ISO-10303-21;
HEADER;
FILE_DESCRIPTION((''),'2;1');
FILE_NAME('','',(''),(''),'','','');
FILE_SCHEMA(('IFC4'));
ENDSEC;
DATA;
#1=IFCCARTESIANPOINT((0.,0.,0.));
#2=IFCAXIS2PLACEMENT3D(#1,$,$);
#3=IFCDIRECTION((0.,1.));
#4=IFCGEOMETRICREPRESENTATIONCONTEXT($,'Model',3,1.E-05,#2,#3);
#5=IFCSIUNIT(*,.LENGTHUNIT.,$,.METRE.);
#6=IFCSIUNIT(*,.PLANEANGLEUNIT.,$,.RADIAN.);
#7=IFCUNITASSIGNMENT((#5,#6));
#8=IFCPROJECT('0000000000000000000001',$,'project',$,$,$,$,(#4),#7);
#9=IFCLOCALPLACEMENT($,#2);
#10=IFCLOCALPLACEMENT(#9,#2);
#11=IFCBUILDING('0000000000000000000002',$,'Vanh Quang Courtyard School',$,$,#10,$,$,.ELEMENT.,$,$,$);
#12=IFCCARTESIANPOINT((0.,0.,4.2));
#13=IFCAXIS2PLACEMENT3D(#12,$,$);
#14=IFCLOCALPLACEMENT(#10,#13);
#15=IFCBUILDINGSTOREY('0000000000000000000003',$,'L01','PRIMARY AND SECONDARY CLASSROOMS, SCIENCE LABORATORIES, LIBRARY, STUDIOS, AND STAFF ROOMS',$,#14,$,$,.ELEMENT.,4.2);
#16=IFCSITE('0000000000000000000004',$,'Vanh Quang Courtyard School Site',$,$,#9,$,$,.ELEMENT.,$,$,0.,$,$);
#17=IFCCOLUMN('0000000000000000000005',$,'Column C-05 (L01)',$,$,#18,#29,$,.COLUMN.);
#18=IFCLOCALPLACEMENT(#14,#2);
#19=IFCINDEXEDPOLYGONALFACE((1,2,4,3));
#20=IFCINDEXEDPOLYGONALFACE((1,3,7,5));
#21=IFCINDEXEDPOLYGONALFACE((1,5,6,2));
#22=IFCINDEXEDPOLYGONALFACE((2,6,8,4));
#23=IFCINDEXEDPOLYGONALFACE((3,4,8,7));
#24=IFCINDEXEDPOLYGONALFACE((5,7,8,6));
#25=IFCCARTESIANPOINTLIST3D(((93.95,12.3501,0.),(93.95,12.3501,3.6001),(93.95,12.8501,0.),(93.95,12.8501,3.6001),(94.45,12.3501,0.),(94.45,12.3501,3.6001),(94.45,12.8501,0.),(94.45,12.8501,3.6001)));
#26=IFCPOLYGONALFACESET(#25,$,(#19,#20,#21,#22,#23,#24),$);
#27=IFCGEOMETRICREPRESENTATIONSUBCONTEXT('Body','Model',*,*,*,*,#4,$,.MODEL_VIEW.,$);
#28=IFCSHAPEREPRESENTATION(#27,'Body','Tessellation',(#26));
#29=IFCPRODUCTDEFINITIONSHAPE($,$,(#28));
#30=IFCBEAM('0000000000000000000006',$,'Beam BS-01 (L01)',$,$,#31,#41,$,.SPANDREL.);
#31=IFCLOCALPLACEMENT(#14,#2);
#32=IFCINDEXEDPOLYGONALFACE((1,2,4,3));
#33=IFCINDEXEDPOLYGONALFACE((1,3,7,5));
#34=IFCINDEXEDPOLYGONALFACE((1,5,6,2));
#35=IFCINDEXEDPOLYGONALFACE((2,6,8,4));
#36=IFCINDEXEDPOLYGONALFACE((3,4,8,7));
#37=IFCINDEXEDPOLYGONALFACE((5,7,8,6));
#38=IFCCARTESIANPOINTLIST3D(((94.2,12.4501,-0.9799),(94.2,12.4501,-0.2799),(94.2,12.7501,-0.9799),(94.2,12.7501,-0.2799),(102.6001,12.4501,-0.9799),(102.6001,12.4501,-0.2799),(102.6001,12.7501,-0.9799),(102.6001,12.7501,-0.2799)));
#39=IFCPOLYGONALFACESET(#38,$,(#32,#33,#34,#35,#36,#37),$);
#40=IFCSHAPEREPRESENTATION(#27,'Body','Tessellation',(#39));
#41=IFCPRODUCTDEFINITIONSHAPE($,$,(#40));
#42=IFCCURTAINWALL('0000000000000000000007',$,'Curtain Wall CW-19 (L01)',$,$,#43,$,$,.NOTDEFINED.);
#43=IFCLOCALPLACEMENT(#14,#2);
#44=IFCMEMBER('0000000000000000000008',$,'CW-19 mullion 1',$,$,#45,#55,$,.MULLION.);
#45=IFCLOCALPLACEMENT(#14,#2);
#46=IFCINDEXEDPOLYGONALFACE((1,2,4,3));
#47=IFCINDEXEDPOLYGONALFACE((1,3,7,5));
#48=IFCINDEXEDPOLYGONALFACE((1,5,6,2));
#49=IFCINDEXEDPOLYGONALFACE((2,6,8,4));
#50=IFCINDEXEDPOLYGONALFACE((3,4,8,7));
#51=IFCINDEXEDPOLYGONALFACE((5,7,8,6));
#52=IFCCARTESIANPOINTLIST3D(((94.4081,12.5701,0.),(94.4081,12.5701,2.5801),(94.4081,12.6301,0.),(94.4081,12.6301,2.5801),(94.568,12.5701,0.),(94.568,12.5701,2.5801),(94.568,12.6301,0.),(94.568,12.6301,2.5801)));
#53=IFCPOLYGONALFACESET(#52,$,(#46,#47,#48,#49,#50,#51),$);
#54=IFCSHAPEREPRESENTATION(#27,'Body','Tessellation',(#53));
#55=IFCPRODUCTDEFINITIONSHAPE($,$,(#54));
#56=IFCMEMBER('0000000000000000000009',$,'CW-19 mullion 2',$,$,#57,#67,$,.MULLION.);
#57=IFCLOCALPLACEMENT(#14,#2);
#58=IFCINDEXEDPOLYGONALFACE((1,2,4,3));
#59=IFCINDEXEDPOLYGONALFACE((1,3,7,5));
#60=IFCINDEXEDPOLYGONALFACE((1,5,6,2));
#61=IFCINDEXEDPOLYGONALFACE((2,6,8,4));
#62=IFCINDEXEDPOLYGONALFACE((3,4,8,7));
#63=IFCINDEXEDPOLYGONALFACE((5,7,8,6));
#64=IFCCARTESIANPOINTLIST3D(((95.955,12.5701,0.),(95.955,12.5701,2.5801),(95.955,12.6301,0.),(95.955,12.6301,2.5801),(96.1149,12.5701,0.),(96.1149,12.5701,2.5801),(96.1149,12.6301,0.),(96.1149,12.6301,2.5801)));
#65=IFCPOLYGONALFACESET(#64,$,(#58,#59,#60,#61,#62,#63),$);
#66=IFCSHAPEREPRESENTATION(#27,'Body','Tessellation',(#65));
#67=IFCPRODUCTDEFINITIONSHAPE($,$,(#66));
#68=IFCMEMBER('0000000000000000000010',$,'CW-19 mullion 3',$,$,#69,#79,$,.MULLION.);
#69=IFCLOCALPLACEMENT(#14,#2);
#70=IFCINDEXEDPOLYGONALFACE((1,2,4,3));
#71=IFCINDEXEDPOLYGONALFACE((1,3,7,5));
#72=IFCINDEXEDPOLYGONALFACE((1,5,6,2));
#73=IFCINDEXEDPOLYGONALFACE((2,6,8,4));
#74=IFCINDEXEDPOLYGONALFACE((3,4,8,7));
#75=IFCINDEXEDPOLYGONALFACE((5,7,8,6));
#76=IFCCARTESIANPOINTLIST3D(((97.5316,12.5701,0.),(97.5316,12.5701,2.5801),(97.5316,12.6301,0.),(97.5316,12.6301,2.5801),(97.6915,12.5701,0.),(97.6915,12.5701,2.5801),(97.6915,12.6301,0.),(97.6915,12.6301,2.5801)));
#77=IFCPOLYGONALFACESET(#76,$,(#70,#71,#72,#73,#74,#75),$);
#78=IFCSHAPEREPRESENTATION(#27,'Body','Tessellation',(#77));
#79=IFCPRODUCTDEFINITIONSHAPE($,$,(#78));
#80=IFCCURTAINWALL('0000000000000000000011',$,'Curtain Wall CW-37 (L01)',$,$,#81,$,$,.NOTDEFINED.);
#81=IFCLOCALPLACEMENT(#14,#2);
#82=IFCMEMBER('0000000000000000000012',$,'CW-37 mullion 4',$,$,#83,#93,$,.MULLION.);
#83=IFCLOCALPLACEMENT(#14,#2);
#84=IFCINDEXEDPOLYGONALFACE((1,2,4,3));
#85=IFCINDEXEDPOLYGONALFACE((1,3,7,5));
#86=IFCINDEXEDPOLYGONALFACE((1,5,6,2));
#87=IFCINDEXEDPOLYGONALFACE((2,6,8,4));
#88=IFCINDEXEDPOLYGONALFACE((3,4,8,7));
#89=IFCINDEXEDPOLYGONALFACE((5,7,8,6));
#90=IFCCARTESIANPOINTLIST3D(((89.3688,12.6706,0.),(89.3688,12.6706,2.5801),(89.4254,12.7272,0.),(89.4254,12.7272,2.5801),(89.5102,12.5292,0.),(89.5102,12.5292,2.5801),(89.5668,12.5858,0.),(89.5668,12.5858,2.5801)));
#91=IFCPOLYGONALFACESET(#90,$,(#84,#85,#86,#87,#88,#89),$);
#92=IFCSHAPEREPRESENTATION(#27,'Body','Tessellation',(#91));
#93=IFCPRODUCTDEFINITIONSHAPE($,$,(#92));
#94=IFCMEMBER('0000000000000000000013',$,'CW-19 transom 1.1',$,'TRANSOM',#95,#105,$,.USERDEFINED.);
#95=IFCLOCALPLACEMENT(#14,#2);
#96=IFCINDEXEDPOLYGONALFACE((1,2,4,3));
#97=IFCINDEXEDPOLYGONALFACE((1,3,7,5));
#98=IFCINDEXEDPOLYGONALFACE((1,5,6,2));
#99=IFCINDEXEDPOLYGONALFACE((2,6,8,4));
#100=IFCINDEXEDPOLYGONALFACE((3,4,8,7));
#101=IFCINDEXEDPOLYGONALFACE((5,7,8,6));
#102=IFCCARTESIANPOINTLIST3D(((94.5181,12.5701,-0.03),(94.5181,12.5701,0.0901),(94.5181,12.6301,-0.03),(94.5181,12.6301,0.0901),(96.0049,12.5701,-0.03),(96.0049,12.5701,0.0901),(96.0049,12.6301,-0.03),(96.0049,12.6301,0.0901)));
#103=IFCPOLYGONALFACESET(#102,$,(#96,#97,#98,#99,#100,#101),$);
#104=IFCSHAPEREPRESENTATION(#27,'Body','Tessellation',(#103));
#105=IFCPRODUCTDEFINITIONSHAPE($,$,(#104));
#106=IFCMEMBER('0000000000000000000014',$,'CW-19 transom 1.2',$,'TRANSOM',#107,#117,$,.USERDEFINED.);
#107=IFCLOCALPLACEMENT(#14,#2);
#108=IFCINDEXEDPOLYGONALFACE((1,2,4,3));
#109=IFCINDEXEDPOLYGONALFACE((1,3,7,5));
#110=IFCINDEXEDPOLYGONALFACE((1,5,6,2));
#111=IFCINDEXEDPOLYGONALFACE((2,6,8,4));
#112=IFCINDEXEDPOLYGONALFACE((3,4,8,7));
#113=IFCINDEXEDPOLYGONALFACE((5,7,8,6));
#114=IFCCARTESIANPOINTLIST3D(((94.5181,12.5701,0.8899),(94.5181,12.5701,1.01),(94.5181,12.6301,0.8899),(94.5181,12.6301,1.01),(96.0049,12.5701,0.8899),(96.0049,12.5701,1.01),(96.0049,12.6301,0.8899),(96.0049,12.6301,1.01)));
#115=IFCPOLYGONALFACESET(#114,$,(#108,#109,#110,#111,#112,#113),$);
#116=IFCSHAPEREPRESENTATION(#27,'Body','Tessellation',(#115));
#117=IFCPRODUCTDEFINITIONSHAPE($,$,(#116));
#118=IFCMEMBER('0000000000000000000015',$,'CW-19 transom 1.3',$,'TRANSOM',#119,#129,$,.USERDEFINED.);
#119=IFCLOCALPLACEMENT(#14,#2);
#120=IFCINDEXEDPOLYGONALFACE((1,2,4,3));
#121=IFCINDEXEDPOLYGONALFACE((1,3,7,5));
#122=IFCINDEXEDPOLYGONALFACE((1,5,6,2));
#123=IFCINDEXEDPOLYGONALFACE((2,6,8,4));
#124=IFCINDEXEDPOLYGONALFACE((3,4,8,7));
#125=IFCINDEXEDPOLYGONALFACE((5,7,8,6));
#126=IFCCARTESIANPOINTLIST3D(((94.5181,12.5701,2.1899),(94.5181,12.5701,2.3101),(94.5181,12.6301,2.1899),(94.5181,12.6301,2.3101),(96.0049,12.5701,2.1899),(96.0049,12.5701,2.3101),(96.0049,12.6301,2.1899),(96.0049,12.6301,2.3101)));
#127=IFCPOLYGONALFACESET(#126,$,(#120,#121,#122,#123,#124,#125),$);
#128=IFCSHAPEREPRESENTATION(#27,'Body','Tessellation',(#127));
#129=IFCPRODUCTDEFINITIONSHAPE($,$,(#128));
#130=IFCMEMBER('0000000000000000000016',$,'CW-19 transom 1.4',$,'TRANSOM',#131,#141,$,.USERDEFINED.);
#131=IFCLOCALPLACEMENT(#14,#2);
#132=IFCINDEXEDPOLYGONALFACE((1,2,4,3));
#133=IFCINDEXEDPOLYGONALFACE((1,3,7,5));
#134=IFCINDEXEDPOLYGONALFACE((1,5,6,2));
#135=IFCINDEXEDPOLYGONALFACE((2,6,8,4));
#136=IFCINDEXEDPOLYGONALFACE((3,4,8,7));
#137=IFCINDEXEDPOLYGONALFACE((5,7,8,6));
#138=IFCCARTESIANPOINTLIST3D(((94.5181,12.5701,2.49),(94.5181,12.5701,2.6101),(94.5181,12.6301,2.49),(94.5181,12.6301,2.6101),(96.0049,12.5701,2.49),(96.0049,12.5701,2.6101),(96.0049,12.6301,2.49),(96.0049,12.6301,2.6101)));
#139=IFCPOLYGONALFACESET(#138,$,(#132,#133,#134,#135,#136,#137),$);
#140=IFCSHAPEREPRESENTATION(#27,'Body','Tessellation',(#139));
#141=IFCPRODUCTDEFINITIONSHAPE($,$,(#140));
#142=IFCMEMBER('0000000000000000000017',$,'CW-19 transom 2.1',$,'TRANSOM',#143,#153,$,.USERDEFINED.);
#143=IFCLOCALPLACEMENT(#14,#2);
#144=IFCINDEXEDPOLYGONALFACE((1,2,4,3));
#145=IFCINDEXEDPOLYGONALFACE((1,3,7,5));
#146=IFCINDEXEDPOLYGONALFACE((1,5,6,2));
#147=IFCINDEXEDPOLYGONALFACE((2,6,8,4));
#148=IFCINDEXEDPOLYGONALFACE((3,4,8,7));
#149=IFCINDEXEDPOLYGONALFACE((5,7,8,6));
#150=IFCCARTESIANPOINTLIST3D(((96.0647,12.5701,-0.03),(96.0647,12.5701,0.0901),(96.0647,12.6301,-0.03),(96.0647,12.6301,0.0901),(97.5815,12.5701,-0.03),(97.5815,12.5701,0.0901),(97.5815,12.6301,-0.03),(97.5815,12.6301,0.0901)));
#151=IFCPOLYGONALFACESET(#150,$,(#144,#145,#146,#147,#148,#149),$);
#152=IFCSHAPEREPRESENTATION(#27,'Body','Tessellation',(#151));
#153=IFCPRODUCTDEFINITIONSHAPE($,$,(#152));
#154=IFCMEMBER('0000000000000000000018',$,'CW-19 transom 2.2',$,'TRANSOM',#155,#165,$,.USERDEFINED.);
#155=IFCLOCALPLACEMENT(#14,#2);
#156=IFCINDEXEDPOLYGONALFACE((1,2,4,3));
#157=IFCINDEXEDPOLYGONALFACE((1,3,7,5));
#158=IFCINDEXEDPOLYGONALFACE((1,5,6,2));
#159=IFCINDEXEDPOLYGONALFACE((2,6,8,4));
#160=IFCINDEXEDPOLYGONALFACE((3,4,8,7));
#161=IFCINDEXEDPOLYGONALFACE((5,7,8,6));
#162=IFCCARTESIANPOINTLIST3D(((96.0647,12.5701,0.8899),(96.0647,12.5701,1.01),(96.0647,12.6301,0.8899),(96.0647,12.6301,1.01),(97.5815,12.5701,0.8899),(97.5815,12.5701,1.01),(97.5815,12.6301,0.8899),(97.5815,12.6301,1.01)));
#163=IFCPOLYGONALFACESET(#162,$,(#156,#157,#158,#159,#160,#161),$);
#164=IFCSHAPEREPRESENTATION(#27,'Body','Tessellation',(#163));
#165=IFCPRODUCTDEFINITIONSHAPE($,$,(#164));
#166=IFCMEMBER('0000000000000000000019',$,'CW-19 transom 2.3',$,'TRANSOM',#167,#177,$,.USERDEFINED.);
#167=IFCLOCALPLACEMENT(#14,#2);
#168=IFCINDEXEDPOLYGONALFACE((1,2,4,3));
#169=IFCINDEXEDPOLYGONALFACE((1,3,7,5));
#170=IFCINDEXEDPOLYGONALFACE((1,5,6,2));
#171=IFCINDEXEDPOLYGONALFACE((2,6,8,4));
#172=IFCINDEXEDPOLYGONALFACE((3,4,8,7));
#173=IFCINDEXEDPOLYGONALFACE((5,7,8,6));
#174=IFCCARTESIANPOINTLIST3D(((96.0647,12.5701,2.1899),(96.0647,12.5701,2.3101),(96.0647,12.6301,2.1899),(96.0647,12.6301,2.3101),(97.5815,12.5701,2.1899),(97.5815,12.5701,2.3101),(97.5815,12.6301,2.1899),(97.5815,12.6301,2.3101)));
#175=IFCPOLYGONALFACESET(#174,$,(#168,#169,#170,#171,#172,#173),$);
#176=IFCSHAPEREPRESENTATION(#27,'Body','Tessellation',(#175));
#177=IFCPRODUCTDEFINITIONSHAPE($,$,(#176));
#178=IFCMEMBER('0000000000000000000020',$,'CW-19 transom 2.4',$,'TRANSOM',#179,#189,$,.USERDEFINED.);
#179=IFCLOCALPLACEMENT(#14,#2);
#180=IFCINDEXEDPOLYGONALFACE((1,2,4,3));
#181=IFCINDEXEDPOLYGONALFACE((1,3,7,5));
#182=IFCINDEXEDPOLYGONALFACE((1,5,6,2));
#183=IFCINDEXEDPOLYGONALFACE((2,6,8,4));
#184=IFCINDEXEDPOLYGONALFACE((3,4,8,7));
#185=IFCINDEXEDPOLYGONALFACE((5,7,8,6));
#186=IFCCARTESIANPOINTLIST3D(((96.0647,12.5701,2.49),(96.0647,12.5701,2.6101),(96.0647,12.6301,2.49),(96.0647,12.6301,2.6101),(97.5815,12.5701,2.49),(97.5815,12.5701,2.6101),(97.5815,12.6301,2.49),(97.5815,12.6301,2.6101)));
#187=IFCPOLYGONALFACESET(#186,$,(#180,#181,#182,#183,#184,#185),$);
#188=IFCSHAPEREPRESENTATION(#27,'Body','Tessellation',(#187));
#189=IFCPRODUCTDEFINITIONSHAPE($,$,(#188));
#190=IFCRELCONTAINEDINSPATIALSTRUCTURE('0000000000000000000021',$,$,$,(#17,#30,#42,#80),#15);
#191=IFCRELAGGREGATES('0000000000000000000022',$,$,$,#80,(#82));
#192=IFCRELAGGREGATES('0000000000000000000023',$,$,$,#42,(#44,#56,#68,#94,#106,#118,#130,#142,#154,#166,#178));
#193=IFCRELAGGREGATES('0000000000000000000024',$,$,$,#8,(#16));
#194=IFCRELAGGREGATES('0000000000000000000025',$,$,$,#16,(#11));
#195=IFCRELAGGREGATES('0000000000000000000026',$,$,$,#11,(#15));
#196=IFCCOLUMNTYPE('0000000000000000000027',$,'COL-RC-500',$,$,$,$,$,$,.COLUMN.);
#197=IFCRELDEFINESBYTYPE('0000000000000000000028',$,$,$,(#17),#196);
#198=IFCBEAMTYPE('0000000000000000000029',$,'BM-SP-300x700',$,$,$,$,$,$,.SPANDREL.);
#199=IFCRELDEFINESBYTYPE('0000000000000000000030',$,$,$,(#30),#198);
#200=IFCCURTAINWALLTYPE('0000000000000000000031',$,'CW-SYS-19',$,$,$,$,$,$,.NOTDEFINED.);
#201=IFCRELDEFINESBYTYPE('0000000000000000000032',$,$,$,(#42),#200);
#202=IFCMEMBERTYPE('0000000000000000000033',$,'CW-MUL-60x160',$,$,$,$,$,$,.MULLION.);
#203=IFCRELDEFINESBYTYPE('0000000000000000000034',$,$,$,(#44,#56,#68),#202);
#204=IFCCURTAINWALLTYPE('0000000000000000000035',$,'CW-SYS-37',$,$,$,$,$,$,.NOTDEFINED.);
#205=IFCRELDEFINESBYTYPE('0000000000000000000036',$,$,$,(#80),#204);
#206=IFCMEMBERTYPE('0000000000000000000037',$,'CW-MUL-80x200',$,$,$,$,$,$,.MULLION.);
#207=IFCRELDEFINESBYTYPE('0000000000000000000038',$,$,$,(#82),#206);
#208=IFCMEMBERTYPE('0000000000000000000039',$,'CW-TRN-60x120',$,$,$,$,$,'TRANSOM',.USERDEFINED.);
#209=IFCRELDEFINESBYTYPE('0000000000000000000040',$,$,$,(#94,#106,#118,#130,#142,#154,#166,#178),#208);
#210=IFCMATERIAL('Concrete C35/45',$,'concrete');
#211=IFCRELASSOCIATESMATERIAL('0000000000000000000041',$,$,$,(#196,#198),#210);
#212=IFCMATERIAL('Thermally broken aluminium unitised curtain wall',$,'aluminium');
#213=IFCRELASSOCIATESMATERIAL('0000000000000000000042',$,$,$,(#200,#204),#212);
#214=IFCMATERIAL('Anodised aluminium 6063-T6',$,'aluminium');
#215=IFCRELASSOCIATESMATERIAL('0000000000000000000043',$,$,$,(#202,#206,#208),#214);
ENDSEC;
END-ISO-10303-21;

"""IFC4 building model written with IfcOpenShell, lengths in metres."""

from ifc_helpers import new_model, si_unit, direction, frame, origin, origin_2d, place, context, subcontext, project, spatial, rectangle, extrude, material, material_profile, profile_set, type_object, element, aggregate, save


model = new_model("IFC4")

# Units and contexts
model_context = context("Model", 3, precision=1e-05, world=origin(), true_north=direction((0.0, 1.0)))
body_context = subcontext(model_context, "Body", "Model", "MODEL_VIEW")
ifc_project = project(units=[si_unit("LENGTHUNIT", "METRE"), si_unit("PLANEANGLEUNIT", "RADIAN")], contexts=[model_context])

# Site, building, storey
site_placement = place(None, origin())
site = spatial("IfcSite", under=ifc_project, at=site_placement, Name="Vanh Quang Courtyard School Site", CompositionType="ELEMENT", RefElevation=0.0)
building_placement = place(site_placement, origin())
building = spatial("IfcBuilding", under=site, at=building_placement, Name="Vanh Quang Courtyard School", CompositionType="ELEMENT")
storey_placement = place(building_placement, frame((0.0, 0.0, 4.2)))
storey = spatial("IfcBuildingStorey", under=building, at=storey_placement, Name="L01", Description="PRIMARY AND SECONDARY CLASSROOMS, SCIENCE LABORATORIES, LIBRARY, STUDIOS, AND STAFF ROOMS", CompositionType="ELEMENT", Elevation=4.2)

# Column
ifc_material_1 = material(Name="Concrete C35/45", Category="concrete")
ifc_material_profile_1 = material_profile(ifc_material_1, rectangle(XDim=0.5, YDim=0.5, at=origin_2d()), Name="RC-COL 500x500")
ifc_profile_set_1 = profile_set([ifc_material_profile_1], Name="Concrete C35/45")
column_type = type_object("IfcColumnType", Name="COL-RC-500", PredefinedType="COLUMN", material=ifc_profile_set_1)
column_placement = place(storey_placement, frame((94.2, 12.6001, 0.0), z_axis=(0.0, 0.0, 1.0), x_axis=(1.0, 0.0, 0.0)))
element("IfcColumn", 1, at=column_placement, inside=storey, type_object=column_type, Name="Column C-05 (L01)", PredefinedType="COLUMN", context=body_context, shape_type="SweptSolid", body=[
    extrude(rectangle(XDim=0.5, YDim=0.5, at=origin_2d()), origin(), (0.0, 0.0, 1.0), 3.6001),
])

# Beam
ifc_material_profile_2 = material_profile(ifc_material_1, rectangle(XDim=0.3, YDim=0.7, at=origin_2d()), Name="RC-SP 300x700")
ifc_profile_set_2 = profile_set([ifc_material_profile_2], Name="Concrete C35/45")
beam_type_1 = type_object("IfcBeamType", Name="BM-SP-300x700", PredefinedType="SPANDREL", material=ifc_profile_set_2)
beam_placement = place(storey_placement, frame((94.2, 12.6001, -0.6299), z_axis=(1.0, 0.0, 0.0), x_axis=(0.0, 1.0, 0.0)))
element("IfcBeam", 2, at=beam_placement, inside=storey, type_object=beam_type_1, Name="Beam BS-01 (L01)", PredefinedType="SPANDREL", context=body_context, shape_type="SweptSolid", body=[
    extrude(rectangle(XDim=0.3, YDim=0.7, at=origin_2d()), origin(), (0.0, 0.0, 1.0), 8.4001),
])

# Curtain wall, members
ifc_material_2 = material(Name="Thermally broken aluminium unitised curtain wall", Category="aluminium")
curtain_wall_type_1 = type_object("IfcCurtainWallType", Name="CW-SYS-19", PredefinedType="NOTDEFINED", material=ifc_material_2)
curtain_wall_1_placement = place(storey_placement, origin())
curtain_wall_1 = element("IfcCurtainWall", 3, at=curtain_wall_1_placement, inside=storey, type_object=curtain_wall_type_1, Name="Curtain Wall CW-19 (L01)", PredefinedType="NOTDEFINED")
ifc_material_3 = material(Name="Anodised aluminium 6063-T6", Category="aluminium")
ifc_material_profile_3 = material_profile(ifc_material_3, rectangle(XDim=0.0601, YDim=0.1599, at=origin_2d()), Name="ALU-MUL 60x160")
ifc_profile_set_3 = profile_set([ifc_material_profile_3], Name="Anodised aluminium 6063-T6")
member_type_1 = type_object("IfcMemberType", Name="CW-MUL-60x160", PredefinedType="MULLION", material=ifc_profile_set_3)
member_1_placement = place(storey_placement, frame((94.488, 12.6001, 0.0), z_axis=(0.0, 0.0, 1.0), x_axis=(0.0, 1.0, 0.0)))
member_1 = element("IfcMember", 4, at=member_1_placement, type_object=member_type_1, Name="CW-19 mullion 1", PredefinedType="MULLION", context=body_context, shape_type="SweptSolid", body=[
    extrude(rectangle(XDim=0.0601, YDim=0.1599, at=origin_2d()), origin(), (0.0, 0.0, 1.0), 2.5801),
])
member_2_placement = place(storey_placement, frame((96.0349, 12.6001, 0.0), z_axis=(0.0, 0.0, 1.0), x_axis=(0.0, 1.0, 0.0)))
member_2 = element("IfcMember", 5, at=member_2_placement, type_object=member_type_1, Name="CW-19 mullion 2", PredefinedType="MULLION", context=body_context, shape_type="SweptSolid", body=[
    extrude(rectangle(XDim=0.0601, YDim=0.1599, at=origin_2d()), origin(), (0.0, 0.0, 1.0), 2.5801),
])
member_3_placement = place(storey_placement, frame((97.6116, 12.6001, 0.0), z_axis=(0.0, 0.0, 1.0), x_axis=(0.0, 1.0, 0.0)))
member_3 = element("IfcMember", 6, at=member_3_placement, type_object=member_type_1, Name="CW-19 mullion 3", PredefinedType="MULLION", context=body_context, shape_type="SweptSolid", body=[
    extrude(rectangle(XDim=0.0601, YDim=0.1599, at=origin_2d()), origin(), (0.0, 0.0, 1.0), 2.5801),
])

# Curtain wall, member
curtain_wall_type_2 = type_object("IfcCurtainWallType", Name="CW-SYS-37", PredefinedType="NOTDEFINED", material=ifc_material_2)
curtain_wall_2_placement = place(storey_placement, origin())
curtain_wall_2 = element("IfcCurtainWall", 7, at=curtain_wall_2_placement, inside=storey, type_object=curtain_wall_type_2, Name="Curtain Wall CW-37 (L01)", PredefinedType="NOTDEFINED")
ifc_material_profile_4 = material_profile(ifc_material_3, rectangle(XDim=0.0801, YDim=0.2, at=origin_2d()), Name="ALU-MUL 80x200")
ifc_profile_set_4 = profile_set([ifc_material_profile_4], Name="Anodised aluminium 6063-T6")
member_type_2 = type_object("IfcMemberType", Name="CW-MUL-80x200", PredefinedType="MULLION", material=ifc_profile_set_4)
member_4_placement = place(storey_placement, frame((89.4678, 12.6282, 0.0), z_axis=(0.0, 0.0, 1.0), x_axis=(0.707107, 0.707107, 0.0)))
member_4 = element("IfcMember", 8, at=member_4_placement, type_object=member_type_2, Name="CW-37 mullion 4", PredefinedType="MULLION", context=body_context, shape_type="SweptSolid", body=[
    extrude(rectangle(XDim=0.0801, YDim=0.2, at=origin_2d()), origin(), (0.0, 0.0, 1.0), 2.5801),
])

# Members
ifc_material_profile_5 = material_profile(ifc_material_3, rectangle(XDim=0.0601, YDim=0.1201, at=origin_2d()), Name="ALU-TRN 60x120")
ifc_profile_set_5 = profile_set([ifc_material_profile_5], Name="Anodised aluminium 6063-T6")
member_type_3 = type_object("IfcMemberType", Name="CW-TRN-60x120", ElementType="TRANSOM", PredefinedType="USERDEFINED", material=ifc_profile_set_5)
member_5_placement = place(storey_placement, frame((94.5181, 12.6001, 0.03), z_axis=(1.0, 0.0, 0.0), x_axis=(0.0, 1.0, 0.0)))
member_5 = element("IfcMember", 9, at=member_5_placement, type_object=member_type_3, Name="CW-19 transom 1.1", ObjectType="TRANSOM", PredefinedType="USERDEFINED", context=body_context, shape_type="SweptSolid", body=[
    extrude(rectangle(XDim=0.0601, YDim=0.1201, at=origin_2d()), origin(), (0.0, 0.0, 1.0), 1.4868),
])
member_6_placement = place(storey_placement, frame((94.5181, 12.6001, 0.95), z_axis=(1.0, 0.0, 0.0), x_axis=(0.0, 1.0, 0.0)))
member_6 = element("IfcMember", 10, at=member_6_placement, type_object=member_type_3, Name="CW-19 transom 1.2", ObjectType="TRANSOM", PredefinedType="USERDEFINED", context=body_context, shape_type="SweptSolid", body=[
    extrude(rectangle(XDim=0.0601, YDim=0.1201, at=origin_2d()), origin(), (0.0, 0.0, 1.0), 1.4868),
])
member_7_placement = place(storey_placement, frame((94.5181, 12.6001, 2.25), z_axis=(1.0, 0.0, 0.0), x_axis=(0.0, 1.0, 0.0)))
member_7 = element("IfcMember", 11, at=member_7_placement, type_object=member_type_3, Name="CW-19 transom 1.3", ObjectType="TRANSOM", PredefinedType="USERDEFINED", context=body_context, shape_type="SweptSolid", body=[
    extrude(rectangle(XDim=0.0601, YDim=0.1201, at=origin_2d()), origin(), (0.0, 0.0, 1.0), 1.4868),
])
member_8_placement = place(storey_placement, frame((94.5181, 12.6001, 2.55), z_axis=(1.0, 0.0, 0.0), x_axis=(0.0, 1.0, 0.0)))
member_8 = element("IfcMember", 12, at=member_8_placement, type_object=member_type_3, Name="CW-19 transom 1.4", ObjectType="TRANSOM", PredefinedType="USERDEFINED", context=body_context, shape_type="SweptSolid", body=[
    extrude(rectangle(XDim=0.0601, YDim=0.1201, at=origin_2d()), origin(), (0.0, 0.0, 1.0), 1.4868),
])
member_9_placement = place(storey_placement, frame((96.0647, 12.6001, 0.03), z_axis=(1.0, 0.0, 0.0), x_axis=(0.0, 1.0, 0.0)))
member_9 = element("IfcMember", 13, at=member_9_placement, type_object=member_type_3, Name="CW-19 transom 2.1", ObjectType="TRANSOM", PredefinedType="USERDEFINED", context=body_context, shape_type="SweptSolid", body=[
    extrude(rectangle(XDim=0.0601, YDim=0.1201, at=origin_2d()), origin(), (0.0, 0.0, 1.0), 1.5168),
])
member_10_placement = place(storey_placement, frame((96.0647, 12.6001, 0.95), z_axis=(1.0, 0.0, 0.0), x_axis=(0.0, 1.0, 0.0)))
member_10 = element("IfcMember", 14, at=member_10_placement, type_object=member_type_3, Name="CW-19 transom 2.2", ObjectType="TRANSOM", PredefinedType="USERDEFINED", context=body_context, shape_type="SweptSolid", body=[
    extrude(rectangle(XDim=0.0601, YDim=0.1201, at=origin_2d()), origin(), (0.0, 0.0, 1.0), 1.5168),
])
member_11_placement = place(storey_placement, frame((96.0647, 12.6001, 2.25), z_axis=(1.0, 0.0, 0.0), x_axis=(0.0, 1.0, 0.0)))
member_11 = element("IfcMember", 15, at=member_11_placement, type_object=member_type_3, Name="CW-19 transom 2.3", ObjectType="TRANSOM", PredefinedType="USERDEFINED", context=body_context, shape_type="SweptSolid", body=[
    extrude(rectangle(XDim=0.0601, YDim=0.1201, at=origin_2d()), origin(), (0.0, 0.0, 1.0), 1.5168),
])
member_12_placement = place(storey_placement, frame((96.0647, 12.6001, 2.55), z_axis=(1.0, 0.0, 0.0), x_axis=(0.0, 1.0, 0.0)))
member_12 = element("IfcMember", 16, at=member_12_placement, type_object=member_type_3, Name="CW-19 transom 2.4", ObjectType="TRANSOM", PredefinedType="USERDEFINED", context=body_context, shape_type="SweptSolid", body=[
    extrude(rectangle(XDim=0.0601, YDim=0.1201, at=origin_2d()), origin(), (0.0, 0.0, 1.0), 1.5168),
])

aggregate(curtain_wall_2, [member_4])
aggregate(curtain_wall_1, [member_1, member_2, member_3, member_5, member_6, member_7, member_8, member_9, member_10, member_11, member_12])

save(model, "model.ifc")
